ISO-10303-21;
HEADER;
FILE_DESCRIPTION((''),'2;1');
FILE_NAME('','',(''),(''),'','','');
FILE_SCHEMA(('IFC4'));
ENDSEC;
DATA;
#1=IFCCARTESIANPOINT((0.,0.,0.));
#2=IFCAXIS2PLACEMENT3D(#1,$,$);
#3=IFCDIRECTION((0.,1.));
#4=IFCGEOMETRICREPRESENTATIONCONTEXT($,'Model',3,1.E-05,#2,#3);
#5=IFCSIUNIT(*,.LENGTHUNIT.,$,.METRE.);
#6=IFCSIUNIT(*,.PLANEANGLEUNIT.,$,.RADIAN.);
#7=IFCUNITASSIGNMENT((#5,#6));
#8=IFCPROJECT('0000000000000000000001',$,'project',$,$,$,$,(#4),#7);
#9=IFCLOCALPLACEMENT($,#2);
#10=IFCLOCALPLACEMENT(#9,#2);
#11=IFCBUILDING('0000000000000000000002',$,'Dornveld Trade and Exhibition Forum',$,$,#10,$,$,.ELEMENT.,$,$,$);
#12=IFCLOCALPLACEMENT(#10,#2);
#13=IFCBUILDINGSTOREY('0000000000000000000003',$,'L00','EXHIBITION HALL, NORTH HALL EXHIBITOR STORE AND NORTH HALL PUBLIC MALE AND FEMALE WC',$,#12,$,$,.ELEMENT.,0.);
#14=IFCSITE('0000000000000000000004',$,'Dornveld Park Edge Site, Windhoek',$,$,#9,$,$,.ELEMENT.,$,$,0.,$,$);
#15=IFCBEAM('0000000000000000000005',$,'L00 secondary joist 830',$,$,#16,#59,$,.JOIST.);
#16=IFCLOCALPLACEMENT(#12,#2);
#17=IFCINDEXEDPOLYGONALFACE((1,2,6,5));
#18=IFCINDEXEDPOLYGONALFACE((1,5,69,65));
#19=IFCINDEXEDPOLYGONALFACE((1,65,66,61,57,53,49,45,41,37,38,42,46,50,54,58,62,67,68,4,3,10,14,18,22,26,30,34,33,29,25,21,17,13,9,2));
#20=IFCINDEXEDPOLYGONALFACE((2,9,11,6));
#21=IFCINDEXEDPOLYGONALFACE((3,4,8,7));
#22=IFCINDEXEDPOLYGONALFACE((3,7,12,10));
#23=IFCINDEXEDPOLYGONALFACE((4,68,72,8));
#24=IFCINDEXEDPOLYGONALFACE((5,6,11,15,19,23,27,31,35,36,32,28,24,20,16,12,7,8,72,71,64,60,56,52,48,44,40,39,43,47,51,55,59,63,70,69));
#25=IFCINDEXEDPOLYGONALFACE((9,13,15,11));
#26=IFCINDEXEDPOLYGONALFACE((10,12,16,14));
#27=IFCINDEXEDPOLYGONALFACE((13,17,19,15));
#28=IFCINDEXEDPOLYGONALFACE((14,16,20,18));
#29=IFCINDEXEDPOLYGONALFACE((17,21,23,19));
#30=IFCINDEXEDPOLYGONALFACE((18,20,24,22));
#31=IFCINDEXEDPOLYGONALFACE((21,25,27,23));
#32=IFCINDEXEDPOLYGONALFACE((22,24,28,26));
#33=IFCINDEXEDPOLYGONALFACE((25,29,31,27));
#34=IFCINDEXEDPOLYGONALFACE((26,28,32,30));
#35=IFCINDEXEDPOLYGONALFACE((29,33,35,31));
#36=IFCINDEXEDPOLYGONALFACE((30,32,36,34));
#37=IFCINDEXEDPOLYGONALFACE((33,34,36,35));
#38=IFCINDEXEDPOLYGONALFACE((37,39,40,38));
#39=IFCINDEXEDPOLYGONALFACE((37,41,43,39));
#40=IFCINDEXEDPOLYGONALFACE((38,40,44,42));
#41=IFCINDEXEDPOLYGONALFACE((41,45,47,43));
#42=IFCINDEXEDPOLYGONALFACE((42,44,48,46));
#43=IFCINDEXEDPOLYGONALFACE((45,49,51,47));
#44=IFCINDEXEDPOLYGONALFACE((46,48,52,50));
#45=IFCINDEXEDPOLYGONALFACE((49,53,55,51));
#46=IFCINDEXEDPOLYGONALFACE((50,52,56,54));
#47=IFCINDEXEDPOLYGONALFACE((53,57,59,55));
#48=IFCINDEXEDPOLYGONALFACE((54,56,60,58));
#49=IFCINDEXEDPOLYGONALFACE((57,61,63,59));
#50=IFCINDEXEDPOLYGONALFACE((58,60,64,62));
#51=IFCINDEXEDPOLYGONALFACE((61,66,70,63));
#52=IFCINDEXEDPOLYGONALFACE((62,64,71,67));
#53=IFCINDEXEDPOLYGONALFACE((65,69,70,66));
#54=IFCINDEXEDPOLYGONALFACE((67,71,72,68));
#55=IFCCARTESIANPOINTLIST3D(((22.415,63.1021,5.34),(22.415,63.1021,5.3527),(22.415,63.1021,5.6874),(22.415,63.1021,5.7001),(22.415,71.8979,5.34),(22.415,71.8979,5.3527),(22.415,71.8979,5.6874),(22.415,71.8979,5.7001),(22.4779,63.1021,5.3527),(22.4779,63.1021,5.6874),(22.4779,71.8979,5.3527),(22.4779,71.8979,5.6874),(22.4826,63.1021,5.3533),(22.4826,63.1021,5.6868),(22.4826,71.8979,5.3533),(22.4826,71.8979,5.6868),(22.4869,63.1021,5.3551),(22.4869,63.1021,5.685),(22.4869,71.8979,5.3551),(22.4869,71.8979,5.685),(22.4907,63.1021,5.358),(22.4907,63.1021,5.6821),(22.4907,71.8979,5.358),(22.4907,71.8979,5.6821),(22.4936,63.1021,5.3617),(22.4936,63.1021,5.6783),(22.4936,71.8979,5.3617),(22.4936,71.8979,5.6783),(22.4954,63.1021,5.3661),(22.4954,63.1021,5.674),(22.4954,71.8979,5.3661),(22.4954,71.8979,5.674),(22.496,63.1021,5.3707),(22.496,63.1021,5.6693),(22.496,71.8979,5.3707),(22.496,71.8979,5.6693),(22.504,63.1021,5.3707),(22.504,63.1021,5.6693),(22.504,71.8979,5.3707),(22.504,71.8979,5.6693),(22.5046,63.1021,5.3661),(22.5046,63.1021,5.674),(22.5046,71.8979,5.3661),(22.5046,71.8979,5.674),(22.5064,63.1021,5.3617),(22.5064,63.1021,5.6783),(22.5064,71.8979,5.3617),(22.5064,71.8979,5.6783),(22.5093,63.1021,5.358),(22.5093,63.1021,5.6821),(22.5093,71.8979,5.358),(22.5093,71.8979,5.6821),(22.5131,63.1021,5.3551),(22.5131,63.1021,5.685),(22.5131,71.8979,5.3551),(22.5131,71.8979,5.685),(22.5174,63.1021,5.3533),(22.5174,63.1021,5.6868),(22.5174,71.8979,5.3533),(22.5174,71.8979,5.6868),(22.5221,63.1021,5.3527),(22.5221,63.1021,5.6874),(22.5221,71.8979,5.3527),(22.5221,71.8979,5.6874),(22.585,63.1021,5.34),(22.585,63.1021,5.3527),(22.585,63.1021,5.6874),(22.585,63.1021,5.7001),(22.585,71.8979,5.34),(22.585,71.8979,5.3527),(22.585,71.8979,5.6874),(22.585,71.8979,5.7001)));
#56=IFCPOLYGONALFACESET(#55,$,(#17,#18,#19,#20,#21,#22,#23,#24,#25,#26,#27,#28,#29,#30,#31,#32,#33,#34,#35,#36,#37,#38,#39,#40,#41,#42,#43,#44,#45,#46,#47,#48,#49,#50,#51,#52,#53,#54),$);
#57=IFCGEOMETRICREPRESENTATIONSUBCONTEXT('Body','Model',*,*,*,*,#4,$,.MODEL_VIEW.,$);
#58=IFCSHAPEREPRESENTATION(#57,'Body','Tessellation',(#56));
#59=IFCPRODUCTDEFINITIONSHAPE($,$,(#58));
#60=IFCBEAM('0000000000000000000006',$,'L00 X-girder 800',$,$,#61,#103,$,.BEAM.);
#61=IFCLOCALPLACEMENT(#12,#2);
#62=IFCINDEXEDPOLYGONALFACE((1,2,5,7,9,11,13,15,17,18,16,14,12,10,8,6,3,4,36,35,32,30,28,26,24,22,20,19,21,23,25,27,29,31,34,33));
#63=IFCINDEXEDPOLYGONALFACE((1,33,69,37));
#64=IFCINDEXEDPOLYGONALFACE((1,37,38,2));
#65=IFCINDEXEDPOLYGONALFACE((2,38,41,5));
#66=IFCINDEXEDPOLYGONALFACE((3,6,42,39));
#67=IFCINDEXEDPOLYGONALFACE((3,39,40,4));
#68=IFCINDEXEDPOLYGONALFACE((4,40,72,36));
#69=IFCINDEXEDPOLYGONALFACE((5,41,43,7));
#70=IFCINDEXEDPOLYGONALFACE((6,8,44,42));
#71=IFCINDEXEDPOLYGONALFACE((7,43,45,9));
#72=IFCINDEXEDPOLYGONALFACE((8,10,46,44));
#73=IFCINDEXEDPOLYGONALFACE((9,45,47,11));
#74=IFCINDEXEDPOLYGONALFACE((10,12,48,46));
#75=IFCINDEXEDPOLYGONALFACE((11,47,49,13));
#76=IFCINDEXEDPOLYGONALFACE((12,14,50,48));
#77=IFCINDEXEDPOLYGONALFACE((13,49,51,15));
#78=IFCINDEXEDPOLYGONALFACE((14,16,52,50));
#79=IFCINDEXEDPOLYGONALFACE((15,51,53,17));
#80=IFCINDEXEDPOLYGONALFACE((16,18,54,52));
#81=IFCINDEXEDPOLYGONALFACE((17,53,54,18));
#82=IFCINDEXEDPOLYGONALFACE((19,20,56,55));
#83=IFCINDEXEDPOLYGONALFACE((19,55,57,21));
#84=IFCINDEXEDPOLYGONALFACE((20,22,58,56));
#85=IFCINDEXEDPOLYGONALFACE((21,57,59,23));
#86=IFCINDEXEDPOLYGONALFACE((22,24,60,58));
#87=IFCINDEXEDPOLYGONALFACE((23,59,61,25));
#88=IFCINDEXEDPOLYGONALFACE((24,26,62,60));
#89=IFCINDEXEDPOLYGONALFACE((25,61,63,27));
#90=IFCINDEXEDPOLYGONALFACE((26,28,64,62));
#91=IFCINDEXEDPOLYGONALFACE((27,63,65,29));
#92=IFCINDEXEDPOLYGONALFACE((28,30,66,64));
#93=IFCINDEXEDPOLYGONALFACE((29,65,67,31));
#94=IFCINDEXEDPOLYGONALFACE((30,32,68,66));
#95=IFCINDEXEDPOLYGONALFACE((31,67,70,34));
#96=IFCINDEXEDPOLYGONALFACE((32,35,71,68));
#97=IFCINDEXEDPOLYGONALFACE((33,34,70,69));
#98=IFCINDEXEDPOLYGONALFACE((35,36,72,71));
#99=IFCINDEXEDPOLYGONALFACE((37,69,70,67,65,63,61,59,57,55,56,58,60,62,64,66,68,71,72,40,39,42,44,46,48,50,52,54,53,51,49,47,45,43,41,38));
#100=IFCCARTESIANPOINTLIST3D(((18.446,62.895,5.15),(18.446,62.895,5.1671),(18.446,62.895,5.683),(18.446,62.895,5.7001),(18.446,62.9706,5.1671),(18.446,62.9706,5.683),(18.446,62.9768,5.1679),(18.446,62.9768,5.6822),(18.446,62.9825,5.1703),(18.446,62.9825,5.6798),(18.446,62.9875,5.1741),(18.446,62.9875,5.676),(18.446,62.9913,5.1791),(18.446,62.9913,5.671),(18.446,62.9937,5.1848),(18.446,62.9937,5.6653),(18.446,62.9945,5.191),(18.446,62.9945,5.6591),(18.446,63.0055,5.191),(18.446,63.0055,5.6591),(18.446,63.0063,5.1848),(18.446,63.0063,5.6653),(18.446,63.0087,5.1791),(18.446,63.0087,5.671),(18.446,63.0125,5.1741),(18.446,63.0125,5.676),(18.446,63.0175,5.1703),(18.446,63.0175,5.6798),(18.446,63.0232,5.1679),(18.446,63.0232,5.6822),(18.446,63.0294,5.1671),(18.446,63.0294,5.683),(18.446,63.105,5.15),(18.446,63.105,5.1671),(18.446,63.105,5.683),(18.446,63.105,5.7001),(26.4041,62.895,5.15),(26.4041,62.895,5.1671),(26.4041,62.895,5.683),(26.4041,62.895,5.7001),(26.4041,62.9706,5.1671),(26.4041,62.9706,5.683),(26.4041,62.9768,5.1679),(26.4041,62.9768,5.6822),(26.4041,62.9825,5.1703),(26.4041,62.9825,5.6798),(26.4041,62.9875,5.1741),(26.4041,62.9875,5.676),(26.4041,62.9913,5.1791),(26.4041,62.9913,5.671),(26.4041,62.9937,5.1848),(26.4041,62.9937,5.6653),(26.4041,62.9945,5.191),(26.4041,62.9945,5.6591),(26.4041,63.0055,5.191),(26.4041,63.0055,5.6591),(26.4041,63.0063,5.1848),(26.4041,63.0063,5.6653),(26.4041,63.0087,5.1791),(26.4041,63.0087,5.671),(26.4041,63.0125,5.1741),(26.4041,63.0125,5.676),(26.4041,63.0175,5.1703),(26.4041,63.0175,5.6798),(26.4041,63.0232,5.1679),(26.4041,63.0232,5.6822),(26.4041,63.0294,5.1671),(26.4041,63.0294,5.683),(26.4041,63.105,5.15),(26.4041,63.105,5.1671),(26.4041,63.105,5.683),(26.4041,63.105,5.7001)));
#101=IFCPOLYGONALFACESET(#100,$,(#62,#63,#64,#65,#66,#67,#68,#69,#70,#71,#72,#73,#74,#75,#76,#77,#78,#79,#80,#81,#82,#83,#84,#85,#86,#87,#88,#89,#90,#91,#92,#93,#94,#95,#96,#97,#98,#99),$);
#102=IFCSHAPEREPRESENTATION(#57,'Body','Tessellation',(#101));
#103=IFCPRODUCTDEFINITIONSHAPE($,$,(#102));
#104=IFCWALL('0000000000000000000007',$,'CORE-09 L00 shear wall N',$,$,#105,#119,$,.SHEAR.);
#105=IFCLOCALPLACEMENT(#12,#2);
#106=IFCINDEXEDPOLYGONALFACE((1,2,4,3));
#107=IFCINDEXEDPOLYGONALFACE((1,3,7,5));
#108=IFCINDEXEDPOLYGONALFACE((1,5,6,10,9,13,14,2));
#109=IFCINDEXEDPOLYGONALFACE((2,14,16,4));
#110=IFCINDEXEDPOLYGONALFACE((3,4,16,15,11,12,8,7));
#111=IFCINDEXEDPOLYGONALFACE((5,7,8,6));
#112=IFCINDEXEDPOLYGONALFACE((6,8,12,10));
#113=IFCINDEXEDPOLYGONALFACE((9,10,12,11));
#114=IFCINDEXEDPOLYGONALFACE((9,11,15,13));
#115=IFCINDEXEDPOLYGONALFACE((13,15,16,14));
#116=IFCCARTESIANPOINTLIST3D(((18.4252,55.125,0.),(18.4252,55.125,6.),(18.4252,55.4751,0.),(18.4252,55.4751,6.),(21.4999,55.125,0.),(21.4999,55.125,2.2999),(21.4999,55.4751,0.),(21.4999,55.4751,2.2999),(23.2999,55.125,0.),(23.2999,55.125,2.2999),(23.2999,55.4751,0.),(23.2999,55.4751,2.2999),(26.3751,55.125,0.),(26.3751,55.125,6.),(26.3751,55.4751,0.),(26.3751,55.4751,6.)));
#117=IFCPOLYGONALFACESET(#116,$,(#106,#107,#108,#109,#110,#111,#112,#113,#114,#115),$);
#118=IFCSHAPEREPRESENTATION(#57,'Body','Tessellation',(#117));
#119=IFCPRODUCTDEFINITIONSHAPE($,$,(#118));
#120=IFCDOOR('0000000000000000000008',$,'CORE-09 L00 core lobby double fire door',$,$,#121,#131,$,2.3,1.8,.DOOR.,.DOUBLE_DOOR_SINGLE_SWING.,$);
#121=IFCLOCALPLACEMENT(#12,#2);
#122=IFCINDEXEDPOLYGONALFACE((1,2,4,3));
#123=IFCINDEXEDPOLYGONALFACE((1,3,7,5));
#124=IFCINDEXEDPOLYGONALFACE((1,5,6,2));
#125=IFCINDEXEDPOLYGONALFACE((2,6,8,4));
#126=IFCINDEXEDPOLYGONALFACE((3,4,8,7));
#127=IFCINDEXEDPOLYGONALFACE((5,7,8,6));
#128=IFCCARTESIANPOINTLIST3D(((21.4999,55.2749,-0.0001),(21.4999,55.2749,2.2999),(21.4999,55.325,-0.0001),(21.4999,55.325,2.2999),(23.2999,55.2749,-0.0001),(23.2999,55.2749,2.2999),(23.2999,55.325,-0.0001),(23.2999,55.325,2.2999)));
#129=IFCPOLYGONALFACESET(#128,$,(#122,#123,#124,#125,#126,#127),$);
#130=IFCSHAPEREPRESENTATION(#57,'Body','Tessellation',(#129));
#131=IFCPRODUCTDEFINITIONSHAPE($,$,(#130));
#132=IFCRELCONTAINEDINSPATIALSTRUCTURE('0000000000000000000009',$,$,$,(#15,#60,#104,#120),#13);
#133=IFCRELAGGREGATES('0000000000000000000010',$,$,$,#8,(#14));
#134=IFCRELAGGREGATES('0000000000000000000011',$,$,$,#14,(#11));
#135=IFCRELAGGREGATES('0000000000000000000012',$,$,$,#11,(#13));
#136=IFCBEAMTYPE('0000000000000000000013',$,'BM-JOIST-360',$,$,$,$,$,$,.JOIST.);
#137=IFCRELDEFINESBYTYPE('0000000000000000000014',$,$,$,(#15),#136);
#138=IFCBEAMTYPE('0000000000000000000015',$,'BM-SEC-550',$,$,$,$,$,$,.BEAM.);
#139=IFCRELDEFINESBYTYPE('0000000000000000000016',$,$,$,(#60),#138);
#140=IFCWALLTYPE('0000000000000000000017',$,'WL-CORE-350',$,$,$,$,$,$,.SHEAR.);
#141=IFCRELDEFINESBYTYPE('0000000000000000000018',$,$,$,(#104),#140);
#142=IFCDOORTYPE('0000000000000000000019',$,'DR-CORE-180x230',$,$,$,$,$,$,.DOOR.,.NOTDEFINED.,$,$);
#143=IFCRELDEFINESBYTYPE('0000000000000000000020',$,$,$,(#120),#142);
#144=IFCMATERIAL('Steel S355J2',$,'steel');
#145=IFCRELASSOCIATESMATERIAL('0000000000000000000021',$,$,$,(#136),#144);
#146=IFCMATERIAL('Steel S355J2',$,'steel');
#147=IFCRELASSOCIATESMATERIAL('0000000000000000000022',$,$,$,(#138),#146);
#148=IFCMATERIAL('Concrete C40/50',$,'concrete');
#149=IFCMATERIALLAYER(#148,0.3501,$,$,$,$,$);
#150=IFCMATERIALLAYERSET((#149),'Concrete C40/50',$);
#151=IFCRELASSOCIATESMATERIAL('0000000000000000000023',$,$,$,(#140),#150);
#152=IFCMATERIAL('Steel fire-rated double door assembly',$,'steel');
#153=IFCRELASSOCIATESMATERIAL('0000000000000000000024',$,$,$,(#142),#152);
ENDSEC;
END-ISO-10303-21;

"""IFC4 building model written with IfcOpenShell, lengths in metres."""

from ifc_helpers import new_model, si_unit, direction, frame, frame_2d, origin, origin_2d, place, context, subcontext, project, spatial, rectangle, i_section, extrude, material, layer, layer_set, material_profile, profile_set, type_object, element, fill, save


model = new_model("IFC4")

# Units and contexts
model_context = context("Model", 3, precision=1e-05, world=origin(), true_north=direction((0.0, 1.0)))
body_context = subcontext(model_context, "Body", "Model", "MODEL_VIEW")
ifc_project = project(units=[si_unit("LENGTHUNIT", "METRE"), si_unit("PLANEANGLEUNIT", "RADIAN")], contexts=[model_context])

# Site, building, storey
site_placement = place(None, origin())
site = spatial("IfcSite", under=ifc_project, at=site_placement, Name="Dornveld Park Edge Site, Windhoek", CompositionType="ELEMENT", RefElevation=0.0)
building_placement = place(site_placement, origin())
building = spatial("IfcBuilding", under=site, at=building_placement, Name="Dornveld Trade and Exhibition Forum", CompositionType="ELEMENT")
storey_placement = place(building_placement, origin())
storey = spatial("IfcBuildingStorey", under=building, at=storey_placement, Name="L00", Description="EXHIBITION HALL, NORTH HALL EXHIBITOR STORE AND NORTH HALL PUBLIC MALE AND FEMALE WC", CompositionType="ELEMENT", Elevation=0.0)

# Beams
ifc_material_1 = material(Name="Steel S355J2", Category="steel")
ifc_material_profile_1 = material_profile(ifc_material_1, i_section(OverallWidth=0.1699, OverallDepth=0.3601, WebThickness=0.0081, FlangeThickness=0.0127, FilletRadius=0.0181, at=origin_2d()), Name="IPE 360")
ifc_profile_set_1 = profile_set([ifc_material_profile_1], Name="Steel S355J2")
beam_type_1 = type_object("IfcBeamType", Name="BM-JOIST-360", PredefinedType="JOIST", material=ifc_profile_set_1)
beam_1_placement = place(storey_placement, frame((22.5, 63.1021, 5.52), z_axis=(0.0, 1.0, 0.0), x_axis=(-1.0, 0.0, 0.0)))
element("IfcBeam", 1, at=beam_1_placement, inside=storey, type_object=beam_type_1, Name="L00 secondary joist 830", PredefinedType="JOIST", context=body_context, shape_type="SweptSolid", body=[
    extrude(i_section(OverallWidth=0.1699, OverallDepth=0.3601, WebThickness=0.0081, FlangeThickness=0.0127, FilletRadius=0.0181, at=origin_2d()), origin(), (0.0, 0.0, 1.0), 8.7959),
])
ifc_material_2 = material(Name="Steel S355J2", Category="steel")
ifc_material_profile_2 = material_profile(ifc_material_2, i_section(OverallWidth=0.21, OverallDepth=0.55, WebThickness=0.011, FlangeThickness=0.0171, FilletRadius=0.0239, at=origin_2d()), Name="IPE 550")
ifc_profile_set_2 = profile_set([ifc_material_profile_2], Name="Steel S355J2")
beam_type_2 = type_object("IfcBeamType", Name="BM-SEC-550", PredefinedType="BEAM", material=ifc_profile_set_2)
beam_2_placement = place(storey_placement, frame((18.446, 63.0, 5.425), z_axis=(1.0, 0.0, 0.0), x_axis=(0.0, 1.0, 0.0)))
element("IfcBeam", 2, at=beam_2_placement, inside=storey, type_object=beam_type_2, Name="L00 X-girder 800", PredefinedType="BEAM", context=body_context, shape_type="SweptSolid", body=[
    extrude(i_section(OverallWidth=0.21, OverallDepth=0.55, WebThickness=0.011, FlangeThickness=0.0171, FilletRadius=0.0239, at=origin_2d()), origin(), (0.0, 0.0, 1.0), 7.958),
])

# Wall, opening, door
ifc_material_3 = material(Name="Concrete C40/50", Category="concrete")
ifc_layer_1 = layer(ifc_material_3, 0.3501)
ifc_layer_set_1 = layer_set([ifc_layer_1], Name="Concrete C40/50")
wall_type_1 = type_object("IfcWallType", Name="WL-CORE-350", PredefinedType="SHEAR", material=ifc_layer_set_1)
wall_1_placement = place(storey_placement, frame((18.425, 55.3, 0.0), z_axis=(0.0, 0.0, 1.0), x_axis=(1.0, 0.0, 0.0)))
wall_1 = element("IfcWall", 3, at=wall_1_placement, inside=storey, type_object=wall_type_1, Name="CORE-09 L00 shear wall N", PredefinedType="SHEAR", context=body_context, shape_type="SweptSolid", body=[
    extrude(rectangle(XDim=7.95, YDim=0.3501, at=frame_2d((3.9751, 0.0))), origin(), (0.0, 0.0, 1.0), 6.0),
])
opening_1_placement = place(wall_1_placement, frame((3.075, 0.0, 0.0)))
opening_1 = element("IfcOpeningElement", 4, at=opening_1_placement, cuts=wall_1, PredefinedType="OPENING", context=body_context, shape_type="SweptSolid", body=[
    extrude(rectangle(XDim=1.8, YDim=2.3, at=frame_2d((0.8999, 1.1499))), frame((0.0, 0.1851, 0.0), z_axis=(0.0, -1.0, 0.0), x_axis=(1.0, 0.0, 0.0)), (0.0, 0.0, 1.0), 0.3701),
])
ifc_material_4 = material(Name="Steel fire-rated double door assembly", Category="steel")
door_type = type_object("IfcDoorType", Name="DR-CORE-180x230", OperationType="NOTDEFINED", PredefinedType="DOOR", material=ifc_material_4)
door_placement = place(opening_1_placement, origin())
door = element("IfcDoor", 5, at=door_placement, inside=storey, type_object=door_type, Name="CORE-09 L00 core lobby double fire door", OperationType="DOUBLE_DOOR_SINGLE_SWING", OverallHeight=2.3, OverallWidth=1.8, PredefinedType="DOOR", context=body_context, shape_type="SweptSolid", body=[
    extrude(rectangle(XDim=1.8, YDim=2.3, at=frame_2d((0.8999, 1.1499))), frame((0.0, 0.0249, 0.0), z_axis=(0.0, -1.0, 0.0), x_axis=(1.0, 0.0, 0.0)), (0.0, 0.0, 1.0), 0.05),
])
fill(opening_1, door)

save(model, "model.ifc")
